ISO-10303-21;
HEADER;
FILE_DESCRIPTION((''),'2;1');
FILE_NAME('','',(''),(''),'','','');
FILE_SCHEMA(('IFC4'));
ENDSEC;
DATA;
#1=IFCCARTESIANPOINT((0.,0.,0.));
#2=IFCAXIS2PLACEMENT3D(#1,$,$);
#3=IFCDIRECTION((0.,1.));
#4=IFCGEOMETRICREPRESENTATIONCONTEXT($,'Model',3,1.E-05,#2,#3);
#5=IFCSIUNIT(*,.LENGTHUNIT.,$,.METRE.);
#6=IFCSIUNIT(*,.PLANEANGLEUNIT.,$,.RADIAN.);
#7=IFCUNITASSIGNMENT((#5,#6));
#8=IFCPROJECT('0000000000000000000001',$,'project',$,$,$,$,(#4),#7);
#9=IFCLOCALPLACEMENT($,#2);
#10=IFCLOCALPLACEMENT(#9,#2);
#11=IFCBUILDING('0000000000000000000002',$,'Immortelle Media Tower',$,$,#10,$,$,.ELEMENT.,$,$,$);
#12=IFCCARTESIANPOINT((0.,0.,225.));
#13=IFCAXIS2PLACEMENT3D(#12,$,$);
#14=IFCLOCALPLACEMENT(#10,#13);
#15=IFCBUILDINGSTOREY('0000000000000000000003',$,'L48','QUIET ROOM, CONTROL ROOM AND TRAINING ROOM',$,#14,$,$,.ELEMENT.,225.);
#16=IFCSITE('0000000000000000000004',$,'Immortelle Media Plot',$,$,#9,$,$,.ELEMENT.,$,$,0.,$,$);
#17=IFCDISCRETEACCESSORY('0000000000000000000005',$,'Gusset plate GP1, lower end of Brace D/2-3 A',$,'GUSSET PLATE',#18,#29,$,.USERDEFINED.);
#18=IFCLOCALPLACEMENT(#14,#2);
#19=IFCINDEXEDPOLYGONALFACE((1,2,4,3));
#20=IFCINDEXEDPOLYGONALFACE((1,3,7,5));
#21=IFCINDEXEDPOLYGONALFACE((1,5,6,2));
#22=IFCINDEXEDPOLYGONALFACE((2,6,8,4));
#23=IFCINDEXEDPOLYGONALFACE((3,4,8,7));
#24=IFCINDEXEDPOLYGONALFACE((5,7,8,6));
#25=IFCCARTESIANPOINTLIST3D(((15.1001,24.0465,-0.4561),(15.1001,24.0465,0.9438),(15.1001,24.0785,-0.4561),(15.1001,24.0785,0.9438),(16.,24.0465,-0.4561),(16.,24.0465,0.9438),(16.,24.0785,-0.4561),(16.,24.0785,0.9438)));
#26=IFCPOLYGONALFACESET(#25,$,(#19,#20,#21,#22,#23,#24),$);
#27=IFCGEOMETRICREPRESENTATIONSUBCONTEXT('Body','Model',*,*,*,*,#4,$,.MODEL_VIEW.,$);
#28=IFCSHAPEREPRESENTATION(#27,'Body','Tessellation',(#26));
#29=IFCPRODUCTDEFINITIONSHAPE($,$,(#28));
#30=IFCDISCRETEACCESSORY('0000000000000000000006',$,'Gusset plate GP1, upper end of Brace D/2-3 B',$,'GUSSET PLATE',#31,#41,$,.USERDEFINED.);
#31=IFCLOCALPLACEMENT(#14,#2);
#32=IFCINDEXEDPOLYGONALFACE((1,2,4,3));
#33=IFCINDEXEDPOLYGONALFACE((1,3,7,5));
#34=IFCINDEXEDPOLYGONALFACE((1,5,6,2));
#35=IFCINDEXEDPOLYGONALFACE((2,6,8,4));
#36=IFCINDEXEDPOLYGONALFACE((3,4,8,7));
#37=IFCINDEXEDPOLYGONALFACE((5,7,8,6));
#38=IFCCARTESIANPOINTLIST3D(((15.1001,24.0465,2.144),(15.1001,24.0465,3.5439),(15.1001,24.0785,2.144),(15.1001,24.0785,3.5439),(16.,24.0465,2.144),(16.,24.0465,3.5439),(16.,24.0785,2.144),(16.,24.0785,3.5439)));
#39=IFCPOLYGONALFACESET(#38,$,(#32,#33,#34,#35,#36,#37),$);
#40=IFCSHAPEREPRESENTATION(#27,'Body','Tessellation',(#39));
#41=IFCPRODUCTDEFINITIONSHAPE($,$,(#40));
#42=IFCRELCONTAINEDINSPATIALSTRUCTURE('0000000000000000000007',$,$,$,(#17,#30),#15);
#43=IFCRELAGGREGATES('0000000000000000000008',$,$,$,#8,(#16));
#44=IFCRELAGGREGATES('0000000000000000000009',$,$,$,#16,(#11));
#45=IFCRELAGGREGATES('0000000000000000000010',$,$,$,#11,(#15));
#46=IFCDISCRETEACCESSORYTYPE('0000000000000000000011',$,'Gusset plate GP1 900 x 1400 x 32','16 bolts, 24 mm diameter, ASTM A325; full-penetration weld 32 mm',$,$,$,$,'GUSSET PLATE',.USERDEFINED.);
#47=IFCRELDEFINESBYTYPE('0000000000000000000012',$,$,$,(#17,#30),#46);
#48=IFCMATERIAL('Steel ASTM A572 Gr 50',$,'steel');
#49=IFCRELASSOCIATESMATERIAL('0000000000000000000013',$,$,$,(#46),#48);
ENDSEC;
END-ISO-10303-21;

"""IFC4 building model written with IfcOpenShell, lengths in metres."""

from ifc_helpers import new_model, si_unit, direction, frame, origin, origin_2d, place, context, subcontext, project, spatial, rectangle, extrude, material, material_profile, profile_set, type_object, element, save


model = new_model("IFC4")

# Units and contexts
model_context = context("Model", 3, precision=1e-05, world=origin(), true_north=direction((0.0, 1.0)))
body_context = subcontext(model_context, "Body", "Model", "MODEL_VIEW")
ifc_project = project(units=[si_unit("LENGTHUNIT", "METRE"), si_unit("PLANEANGLEUNIT", "RADIAN")], contexts=[model_context])

# Site, building, storey
site_placement = place(None, origin())
site = spatial("IfcSite", under=ifc_project, at=site_placement, Name="Immortelle Media Plot", CompositionType="ELEMENT", RefElevation=0.0)
building_placement = place(site_placement, origin())
building = spatial("IfcBuilding", under=site, at=building_placement, Name="Immortelle Media Tower", CompositionType="ELEMENT")
storey_placement = place(building_placement, frame((0.0, 0.0, 225.0)))
storey = spatial("IfcBuildingStorey", under=building, at=storey_placement, Name="L48", Description="QUIET ROOM, CONTROL ROOM AND TRAINING ROOM", CompositionType="ELEMENT", Elevation=225.0)

# Discrete accessories
ifc_material_1 = material(Name="Steel ASTM A572 Gr 50", Category="steel")
ifc_material_profile_1 = material_profile(ifc_material_1, rectangle(XDim=0.032, YDim=1.3999, at=origin_2d()), Name="PL 32 x 1400")
ifc_profile_set_1 = profile_set([ifc_material_profile_1], Name="Steel ASTM A572 Gr 50")
discrete_accessory_type_1 = type_object("IfcDiscreteAccessoryType", Name="Gusset plate GP1 900 x 1400 x 32", Description="16 bolts, 24 mm diameter, ASTM A325; full-penetration weld 32 mm", ElementType="GUSSET PLATE", PredefinedType="USERDEFINED", material=ifc_profile_set_1)
for number, where, z_axis, x_axis, name in (
    (1, (16.0, 24.0625, 0.2439), (-1.0, 0.0, 0.0), (0.0, -1.0, 0.0), "Gusset plate GP1, lower end of Brace D/2-3 A"),
    (2, (16.0, 24.0625, 2.844), (-1.0, 0.0, 0.0), (0.0, -1.0, 0.0), "Gusset plate GP1, upper end of Brace D/2-3 B"),
):
    element("IfcDiscreteAccessory", number, at=place(storey_placement, frame(where, z_axis=z_axis, x_axis=x_axis)), inside=storey, type_object=discrete_accessory_type_1, Name=name, ObjectType="GUSSET PLATE", PredefinedType="USERDEFINED", context=body_context, shape_type="SweptSolid", body=[
        extrude(rectangle(XDim=0.032, YDim=1.3999, at=origin_2d()), origin(), (0.0, 0.0, 1.0), 0.8999),
    ])

save(model, "model.ifc")
